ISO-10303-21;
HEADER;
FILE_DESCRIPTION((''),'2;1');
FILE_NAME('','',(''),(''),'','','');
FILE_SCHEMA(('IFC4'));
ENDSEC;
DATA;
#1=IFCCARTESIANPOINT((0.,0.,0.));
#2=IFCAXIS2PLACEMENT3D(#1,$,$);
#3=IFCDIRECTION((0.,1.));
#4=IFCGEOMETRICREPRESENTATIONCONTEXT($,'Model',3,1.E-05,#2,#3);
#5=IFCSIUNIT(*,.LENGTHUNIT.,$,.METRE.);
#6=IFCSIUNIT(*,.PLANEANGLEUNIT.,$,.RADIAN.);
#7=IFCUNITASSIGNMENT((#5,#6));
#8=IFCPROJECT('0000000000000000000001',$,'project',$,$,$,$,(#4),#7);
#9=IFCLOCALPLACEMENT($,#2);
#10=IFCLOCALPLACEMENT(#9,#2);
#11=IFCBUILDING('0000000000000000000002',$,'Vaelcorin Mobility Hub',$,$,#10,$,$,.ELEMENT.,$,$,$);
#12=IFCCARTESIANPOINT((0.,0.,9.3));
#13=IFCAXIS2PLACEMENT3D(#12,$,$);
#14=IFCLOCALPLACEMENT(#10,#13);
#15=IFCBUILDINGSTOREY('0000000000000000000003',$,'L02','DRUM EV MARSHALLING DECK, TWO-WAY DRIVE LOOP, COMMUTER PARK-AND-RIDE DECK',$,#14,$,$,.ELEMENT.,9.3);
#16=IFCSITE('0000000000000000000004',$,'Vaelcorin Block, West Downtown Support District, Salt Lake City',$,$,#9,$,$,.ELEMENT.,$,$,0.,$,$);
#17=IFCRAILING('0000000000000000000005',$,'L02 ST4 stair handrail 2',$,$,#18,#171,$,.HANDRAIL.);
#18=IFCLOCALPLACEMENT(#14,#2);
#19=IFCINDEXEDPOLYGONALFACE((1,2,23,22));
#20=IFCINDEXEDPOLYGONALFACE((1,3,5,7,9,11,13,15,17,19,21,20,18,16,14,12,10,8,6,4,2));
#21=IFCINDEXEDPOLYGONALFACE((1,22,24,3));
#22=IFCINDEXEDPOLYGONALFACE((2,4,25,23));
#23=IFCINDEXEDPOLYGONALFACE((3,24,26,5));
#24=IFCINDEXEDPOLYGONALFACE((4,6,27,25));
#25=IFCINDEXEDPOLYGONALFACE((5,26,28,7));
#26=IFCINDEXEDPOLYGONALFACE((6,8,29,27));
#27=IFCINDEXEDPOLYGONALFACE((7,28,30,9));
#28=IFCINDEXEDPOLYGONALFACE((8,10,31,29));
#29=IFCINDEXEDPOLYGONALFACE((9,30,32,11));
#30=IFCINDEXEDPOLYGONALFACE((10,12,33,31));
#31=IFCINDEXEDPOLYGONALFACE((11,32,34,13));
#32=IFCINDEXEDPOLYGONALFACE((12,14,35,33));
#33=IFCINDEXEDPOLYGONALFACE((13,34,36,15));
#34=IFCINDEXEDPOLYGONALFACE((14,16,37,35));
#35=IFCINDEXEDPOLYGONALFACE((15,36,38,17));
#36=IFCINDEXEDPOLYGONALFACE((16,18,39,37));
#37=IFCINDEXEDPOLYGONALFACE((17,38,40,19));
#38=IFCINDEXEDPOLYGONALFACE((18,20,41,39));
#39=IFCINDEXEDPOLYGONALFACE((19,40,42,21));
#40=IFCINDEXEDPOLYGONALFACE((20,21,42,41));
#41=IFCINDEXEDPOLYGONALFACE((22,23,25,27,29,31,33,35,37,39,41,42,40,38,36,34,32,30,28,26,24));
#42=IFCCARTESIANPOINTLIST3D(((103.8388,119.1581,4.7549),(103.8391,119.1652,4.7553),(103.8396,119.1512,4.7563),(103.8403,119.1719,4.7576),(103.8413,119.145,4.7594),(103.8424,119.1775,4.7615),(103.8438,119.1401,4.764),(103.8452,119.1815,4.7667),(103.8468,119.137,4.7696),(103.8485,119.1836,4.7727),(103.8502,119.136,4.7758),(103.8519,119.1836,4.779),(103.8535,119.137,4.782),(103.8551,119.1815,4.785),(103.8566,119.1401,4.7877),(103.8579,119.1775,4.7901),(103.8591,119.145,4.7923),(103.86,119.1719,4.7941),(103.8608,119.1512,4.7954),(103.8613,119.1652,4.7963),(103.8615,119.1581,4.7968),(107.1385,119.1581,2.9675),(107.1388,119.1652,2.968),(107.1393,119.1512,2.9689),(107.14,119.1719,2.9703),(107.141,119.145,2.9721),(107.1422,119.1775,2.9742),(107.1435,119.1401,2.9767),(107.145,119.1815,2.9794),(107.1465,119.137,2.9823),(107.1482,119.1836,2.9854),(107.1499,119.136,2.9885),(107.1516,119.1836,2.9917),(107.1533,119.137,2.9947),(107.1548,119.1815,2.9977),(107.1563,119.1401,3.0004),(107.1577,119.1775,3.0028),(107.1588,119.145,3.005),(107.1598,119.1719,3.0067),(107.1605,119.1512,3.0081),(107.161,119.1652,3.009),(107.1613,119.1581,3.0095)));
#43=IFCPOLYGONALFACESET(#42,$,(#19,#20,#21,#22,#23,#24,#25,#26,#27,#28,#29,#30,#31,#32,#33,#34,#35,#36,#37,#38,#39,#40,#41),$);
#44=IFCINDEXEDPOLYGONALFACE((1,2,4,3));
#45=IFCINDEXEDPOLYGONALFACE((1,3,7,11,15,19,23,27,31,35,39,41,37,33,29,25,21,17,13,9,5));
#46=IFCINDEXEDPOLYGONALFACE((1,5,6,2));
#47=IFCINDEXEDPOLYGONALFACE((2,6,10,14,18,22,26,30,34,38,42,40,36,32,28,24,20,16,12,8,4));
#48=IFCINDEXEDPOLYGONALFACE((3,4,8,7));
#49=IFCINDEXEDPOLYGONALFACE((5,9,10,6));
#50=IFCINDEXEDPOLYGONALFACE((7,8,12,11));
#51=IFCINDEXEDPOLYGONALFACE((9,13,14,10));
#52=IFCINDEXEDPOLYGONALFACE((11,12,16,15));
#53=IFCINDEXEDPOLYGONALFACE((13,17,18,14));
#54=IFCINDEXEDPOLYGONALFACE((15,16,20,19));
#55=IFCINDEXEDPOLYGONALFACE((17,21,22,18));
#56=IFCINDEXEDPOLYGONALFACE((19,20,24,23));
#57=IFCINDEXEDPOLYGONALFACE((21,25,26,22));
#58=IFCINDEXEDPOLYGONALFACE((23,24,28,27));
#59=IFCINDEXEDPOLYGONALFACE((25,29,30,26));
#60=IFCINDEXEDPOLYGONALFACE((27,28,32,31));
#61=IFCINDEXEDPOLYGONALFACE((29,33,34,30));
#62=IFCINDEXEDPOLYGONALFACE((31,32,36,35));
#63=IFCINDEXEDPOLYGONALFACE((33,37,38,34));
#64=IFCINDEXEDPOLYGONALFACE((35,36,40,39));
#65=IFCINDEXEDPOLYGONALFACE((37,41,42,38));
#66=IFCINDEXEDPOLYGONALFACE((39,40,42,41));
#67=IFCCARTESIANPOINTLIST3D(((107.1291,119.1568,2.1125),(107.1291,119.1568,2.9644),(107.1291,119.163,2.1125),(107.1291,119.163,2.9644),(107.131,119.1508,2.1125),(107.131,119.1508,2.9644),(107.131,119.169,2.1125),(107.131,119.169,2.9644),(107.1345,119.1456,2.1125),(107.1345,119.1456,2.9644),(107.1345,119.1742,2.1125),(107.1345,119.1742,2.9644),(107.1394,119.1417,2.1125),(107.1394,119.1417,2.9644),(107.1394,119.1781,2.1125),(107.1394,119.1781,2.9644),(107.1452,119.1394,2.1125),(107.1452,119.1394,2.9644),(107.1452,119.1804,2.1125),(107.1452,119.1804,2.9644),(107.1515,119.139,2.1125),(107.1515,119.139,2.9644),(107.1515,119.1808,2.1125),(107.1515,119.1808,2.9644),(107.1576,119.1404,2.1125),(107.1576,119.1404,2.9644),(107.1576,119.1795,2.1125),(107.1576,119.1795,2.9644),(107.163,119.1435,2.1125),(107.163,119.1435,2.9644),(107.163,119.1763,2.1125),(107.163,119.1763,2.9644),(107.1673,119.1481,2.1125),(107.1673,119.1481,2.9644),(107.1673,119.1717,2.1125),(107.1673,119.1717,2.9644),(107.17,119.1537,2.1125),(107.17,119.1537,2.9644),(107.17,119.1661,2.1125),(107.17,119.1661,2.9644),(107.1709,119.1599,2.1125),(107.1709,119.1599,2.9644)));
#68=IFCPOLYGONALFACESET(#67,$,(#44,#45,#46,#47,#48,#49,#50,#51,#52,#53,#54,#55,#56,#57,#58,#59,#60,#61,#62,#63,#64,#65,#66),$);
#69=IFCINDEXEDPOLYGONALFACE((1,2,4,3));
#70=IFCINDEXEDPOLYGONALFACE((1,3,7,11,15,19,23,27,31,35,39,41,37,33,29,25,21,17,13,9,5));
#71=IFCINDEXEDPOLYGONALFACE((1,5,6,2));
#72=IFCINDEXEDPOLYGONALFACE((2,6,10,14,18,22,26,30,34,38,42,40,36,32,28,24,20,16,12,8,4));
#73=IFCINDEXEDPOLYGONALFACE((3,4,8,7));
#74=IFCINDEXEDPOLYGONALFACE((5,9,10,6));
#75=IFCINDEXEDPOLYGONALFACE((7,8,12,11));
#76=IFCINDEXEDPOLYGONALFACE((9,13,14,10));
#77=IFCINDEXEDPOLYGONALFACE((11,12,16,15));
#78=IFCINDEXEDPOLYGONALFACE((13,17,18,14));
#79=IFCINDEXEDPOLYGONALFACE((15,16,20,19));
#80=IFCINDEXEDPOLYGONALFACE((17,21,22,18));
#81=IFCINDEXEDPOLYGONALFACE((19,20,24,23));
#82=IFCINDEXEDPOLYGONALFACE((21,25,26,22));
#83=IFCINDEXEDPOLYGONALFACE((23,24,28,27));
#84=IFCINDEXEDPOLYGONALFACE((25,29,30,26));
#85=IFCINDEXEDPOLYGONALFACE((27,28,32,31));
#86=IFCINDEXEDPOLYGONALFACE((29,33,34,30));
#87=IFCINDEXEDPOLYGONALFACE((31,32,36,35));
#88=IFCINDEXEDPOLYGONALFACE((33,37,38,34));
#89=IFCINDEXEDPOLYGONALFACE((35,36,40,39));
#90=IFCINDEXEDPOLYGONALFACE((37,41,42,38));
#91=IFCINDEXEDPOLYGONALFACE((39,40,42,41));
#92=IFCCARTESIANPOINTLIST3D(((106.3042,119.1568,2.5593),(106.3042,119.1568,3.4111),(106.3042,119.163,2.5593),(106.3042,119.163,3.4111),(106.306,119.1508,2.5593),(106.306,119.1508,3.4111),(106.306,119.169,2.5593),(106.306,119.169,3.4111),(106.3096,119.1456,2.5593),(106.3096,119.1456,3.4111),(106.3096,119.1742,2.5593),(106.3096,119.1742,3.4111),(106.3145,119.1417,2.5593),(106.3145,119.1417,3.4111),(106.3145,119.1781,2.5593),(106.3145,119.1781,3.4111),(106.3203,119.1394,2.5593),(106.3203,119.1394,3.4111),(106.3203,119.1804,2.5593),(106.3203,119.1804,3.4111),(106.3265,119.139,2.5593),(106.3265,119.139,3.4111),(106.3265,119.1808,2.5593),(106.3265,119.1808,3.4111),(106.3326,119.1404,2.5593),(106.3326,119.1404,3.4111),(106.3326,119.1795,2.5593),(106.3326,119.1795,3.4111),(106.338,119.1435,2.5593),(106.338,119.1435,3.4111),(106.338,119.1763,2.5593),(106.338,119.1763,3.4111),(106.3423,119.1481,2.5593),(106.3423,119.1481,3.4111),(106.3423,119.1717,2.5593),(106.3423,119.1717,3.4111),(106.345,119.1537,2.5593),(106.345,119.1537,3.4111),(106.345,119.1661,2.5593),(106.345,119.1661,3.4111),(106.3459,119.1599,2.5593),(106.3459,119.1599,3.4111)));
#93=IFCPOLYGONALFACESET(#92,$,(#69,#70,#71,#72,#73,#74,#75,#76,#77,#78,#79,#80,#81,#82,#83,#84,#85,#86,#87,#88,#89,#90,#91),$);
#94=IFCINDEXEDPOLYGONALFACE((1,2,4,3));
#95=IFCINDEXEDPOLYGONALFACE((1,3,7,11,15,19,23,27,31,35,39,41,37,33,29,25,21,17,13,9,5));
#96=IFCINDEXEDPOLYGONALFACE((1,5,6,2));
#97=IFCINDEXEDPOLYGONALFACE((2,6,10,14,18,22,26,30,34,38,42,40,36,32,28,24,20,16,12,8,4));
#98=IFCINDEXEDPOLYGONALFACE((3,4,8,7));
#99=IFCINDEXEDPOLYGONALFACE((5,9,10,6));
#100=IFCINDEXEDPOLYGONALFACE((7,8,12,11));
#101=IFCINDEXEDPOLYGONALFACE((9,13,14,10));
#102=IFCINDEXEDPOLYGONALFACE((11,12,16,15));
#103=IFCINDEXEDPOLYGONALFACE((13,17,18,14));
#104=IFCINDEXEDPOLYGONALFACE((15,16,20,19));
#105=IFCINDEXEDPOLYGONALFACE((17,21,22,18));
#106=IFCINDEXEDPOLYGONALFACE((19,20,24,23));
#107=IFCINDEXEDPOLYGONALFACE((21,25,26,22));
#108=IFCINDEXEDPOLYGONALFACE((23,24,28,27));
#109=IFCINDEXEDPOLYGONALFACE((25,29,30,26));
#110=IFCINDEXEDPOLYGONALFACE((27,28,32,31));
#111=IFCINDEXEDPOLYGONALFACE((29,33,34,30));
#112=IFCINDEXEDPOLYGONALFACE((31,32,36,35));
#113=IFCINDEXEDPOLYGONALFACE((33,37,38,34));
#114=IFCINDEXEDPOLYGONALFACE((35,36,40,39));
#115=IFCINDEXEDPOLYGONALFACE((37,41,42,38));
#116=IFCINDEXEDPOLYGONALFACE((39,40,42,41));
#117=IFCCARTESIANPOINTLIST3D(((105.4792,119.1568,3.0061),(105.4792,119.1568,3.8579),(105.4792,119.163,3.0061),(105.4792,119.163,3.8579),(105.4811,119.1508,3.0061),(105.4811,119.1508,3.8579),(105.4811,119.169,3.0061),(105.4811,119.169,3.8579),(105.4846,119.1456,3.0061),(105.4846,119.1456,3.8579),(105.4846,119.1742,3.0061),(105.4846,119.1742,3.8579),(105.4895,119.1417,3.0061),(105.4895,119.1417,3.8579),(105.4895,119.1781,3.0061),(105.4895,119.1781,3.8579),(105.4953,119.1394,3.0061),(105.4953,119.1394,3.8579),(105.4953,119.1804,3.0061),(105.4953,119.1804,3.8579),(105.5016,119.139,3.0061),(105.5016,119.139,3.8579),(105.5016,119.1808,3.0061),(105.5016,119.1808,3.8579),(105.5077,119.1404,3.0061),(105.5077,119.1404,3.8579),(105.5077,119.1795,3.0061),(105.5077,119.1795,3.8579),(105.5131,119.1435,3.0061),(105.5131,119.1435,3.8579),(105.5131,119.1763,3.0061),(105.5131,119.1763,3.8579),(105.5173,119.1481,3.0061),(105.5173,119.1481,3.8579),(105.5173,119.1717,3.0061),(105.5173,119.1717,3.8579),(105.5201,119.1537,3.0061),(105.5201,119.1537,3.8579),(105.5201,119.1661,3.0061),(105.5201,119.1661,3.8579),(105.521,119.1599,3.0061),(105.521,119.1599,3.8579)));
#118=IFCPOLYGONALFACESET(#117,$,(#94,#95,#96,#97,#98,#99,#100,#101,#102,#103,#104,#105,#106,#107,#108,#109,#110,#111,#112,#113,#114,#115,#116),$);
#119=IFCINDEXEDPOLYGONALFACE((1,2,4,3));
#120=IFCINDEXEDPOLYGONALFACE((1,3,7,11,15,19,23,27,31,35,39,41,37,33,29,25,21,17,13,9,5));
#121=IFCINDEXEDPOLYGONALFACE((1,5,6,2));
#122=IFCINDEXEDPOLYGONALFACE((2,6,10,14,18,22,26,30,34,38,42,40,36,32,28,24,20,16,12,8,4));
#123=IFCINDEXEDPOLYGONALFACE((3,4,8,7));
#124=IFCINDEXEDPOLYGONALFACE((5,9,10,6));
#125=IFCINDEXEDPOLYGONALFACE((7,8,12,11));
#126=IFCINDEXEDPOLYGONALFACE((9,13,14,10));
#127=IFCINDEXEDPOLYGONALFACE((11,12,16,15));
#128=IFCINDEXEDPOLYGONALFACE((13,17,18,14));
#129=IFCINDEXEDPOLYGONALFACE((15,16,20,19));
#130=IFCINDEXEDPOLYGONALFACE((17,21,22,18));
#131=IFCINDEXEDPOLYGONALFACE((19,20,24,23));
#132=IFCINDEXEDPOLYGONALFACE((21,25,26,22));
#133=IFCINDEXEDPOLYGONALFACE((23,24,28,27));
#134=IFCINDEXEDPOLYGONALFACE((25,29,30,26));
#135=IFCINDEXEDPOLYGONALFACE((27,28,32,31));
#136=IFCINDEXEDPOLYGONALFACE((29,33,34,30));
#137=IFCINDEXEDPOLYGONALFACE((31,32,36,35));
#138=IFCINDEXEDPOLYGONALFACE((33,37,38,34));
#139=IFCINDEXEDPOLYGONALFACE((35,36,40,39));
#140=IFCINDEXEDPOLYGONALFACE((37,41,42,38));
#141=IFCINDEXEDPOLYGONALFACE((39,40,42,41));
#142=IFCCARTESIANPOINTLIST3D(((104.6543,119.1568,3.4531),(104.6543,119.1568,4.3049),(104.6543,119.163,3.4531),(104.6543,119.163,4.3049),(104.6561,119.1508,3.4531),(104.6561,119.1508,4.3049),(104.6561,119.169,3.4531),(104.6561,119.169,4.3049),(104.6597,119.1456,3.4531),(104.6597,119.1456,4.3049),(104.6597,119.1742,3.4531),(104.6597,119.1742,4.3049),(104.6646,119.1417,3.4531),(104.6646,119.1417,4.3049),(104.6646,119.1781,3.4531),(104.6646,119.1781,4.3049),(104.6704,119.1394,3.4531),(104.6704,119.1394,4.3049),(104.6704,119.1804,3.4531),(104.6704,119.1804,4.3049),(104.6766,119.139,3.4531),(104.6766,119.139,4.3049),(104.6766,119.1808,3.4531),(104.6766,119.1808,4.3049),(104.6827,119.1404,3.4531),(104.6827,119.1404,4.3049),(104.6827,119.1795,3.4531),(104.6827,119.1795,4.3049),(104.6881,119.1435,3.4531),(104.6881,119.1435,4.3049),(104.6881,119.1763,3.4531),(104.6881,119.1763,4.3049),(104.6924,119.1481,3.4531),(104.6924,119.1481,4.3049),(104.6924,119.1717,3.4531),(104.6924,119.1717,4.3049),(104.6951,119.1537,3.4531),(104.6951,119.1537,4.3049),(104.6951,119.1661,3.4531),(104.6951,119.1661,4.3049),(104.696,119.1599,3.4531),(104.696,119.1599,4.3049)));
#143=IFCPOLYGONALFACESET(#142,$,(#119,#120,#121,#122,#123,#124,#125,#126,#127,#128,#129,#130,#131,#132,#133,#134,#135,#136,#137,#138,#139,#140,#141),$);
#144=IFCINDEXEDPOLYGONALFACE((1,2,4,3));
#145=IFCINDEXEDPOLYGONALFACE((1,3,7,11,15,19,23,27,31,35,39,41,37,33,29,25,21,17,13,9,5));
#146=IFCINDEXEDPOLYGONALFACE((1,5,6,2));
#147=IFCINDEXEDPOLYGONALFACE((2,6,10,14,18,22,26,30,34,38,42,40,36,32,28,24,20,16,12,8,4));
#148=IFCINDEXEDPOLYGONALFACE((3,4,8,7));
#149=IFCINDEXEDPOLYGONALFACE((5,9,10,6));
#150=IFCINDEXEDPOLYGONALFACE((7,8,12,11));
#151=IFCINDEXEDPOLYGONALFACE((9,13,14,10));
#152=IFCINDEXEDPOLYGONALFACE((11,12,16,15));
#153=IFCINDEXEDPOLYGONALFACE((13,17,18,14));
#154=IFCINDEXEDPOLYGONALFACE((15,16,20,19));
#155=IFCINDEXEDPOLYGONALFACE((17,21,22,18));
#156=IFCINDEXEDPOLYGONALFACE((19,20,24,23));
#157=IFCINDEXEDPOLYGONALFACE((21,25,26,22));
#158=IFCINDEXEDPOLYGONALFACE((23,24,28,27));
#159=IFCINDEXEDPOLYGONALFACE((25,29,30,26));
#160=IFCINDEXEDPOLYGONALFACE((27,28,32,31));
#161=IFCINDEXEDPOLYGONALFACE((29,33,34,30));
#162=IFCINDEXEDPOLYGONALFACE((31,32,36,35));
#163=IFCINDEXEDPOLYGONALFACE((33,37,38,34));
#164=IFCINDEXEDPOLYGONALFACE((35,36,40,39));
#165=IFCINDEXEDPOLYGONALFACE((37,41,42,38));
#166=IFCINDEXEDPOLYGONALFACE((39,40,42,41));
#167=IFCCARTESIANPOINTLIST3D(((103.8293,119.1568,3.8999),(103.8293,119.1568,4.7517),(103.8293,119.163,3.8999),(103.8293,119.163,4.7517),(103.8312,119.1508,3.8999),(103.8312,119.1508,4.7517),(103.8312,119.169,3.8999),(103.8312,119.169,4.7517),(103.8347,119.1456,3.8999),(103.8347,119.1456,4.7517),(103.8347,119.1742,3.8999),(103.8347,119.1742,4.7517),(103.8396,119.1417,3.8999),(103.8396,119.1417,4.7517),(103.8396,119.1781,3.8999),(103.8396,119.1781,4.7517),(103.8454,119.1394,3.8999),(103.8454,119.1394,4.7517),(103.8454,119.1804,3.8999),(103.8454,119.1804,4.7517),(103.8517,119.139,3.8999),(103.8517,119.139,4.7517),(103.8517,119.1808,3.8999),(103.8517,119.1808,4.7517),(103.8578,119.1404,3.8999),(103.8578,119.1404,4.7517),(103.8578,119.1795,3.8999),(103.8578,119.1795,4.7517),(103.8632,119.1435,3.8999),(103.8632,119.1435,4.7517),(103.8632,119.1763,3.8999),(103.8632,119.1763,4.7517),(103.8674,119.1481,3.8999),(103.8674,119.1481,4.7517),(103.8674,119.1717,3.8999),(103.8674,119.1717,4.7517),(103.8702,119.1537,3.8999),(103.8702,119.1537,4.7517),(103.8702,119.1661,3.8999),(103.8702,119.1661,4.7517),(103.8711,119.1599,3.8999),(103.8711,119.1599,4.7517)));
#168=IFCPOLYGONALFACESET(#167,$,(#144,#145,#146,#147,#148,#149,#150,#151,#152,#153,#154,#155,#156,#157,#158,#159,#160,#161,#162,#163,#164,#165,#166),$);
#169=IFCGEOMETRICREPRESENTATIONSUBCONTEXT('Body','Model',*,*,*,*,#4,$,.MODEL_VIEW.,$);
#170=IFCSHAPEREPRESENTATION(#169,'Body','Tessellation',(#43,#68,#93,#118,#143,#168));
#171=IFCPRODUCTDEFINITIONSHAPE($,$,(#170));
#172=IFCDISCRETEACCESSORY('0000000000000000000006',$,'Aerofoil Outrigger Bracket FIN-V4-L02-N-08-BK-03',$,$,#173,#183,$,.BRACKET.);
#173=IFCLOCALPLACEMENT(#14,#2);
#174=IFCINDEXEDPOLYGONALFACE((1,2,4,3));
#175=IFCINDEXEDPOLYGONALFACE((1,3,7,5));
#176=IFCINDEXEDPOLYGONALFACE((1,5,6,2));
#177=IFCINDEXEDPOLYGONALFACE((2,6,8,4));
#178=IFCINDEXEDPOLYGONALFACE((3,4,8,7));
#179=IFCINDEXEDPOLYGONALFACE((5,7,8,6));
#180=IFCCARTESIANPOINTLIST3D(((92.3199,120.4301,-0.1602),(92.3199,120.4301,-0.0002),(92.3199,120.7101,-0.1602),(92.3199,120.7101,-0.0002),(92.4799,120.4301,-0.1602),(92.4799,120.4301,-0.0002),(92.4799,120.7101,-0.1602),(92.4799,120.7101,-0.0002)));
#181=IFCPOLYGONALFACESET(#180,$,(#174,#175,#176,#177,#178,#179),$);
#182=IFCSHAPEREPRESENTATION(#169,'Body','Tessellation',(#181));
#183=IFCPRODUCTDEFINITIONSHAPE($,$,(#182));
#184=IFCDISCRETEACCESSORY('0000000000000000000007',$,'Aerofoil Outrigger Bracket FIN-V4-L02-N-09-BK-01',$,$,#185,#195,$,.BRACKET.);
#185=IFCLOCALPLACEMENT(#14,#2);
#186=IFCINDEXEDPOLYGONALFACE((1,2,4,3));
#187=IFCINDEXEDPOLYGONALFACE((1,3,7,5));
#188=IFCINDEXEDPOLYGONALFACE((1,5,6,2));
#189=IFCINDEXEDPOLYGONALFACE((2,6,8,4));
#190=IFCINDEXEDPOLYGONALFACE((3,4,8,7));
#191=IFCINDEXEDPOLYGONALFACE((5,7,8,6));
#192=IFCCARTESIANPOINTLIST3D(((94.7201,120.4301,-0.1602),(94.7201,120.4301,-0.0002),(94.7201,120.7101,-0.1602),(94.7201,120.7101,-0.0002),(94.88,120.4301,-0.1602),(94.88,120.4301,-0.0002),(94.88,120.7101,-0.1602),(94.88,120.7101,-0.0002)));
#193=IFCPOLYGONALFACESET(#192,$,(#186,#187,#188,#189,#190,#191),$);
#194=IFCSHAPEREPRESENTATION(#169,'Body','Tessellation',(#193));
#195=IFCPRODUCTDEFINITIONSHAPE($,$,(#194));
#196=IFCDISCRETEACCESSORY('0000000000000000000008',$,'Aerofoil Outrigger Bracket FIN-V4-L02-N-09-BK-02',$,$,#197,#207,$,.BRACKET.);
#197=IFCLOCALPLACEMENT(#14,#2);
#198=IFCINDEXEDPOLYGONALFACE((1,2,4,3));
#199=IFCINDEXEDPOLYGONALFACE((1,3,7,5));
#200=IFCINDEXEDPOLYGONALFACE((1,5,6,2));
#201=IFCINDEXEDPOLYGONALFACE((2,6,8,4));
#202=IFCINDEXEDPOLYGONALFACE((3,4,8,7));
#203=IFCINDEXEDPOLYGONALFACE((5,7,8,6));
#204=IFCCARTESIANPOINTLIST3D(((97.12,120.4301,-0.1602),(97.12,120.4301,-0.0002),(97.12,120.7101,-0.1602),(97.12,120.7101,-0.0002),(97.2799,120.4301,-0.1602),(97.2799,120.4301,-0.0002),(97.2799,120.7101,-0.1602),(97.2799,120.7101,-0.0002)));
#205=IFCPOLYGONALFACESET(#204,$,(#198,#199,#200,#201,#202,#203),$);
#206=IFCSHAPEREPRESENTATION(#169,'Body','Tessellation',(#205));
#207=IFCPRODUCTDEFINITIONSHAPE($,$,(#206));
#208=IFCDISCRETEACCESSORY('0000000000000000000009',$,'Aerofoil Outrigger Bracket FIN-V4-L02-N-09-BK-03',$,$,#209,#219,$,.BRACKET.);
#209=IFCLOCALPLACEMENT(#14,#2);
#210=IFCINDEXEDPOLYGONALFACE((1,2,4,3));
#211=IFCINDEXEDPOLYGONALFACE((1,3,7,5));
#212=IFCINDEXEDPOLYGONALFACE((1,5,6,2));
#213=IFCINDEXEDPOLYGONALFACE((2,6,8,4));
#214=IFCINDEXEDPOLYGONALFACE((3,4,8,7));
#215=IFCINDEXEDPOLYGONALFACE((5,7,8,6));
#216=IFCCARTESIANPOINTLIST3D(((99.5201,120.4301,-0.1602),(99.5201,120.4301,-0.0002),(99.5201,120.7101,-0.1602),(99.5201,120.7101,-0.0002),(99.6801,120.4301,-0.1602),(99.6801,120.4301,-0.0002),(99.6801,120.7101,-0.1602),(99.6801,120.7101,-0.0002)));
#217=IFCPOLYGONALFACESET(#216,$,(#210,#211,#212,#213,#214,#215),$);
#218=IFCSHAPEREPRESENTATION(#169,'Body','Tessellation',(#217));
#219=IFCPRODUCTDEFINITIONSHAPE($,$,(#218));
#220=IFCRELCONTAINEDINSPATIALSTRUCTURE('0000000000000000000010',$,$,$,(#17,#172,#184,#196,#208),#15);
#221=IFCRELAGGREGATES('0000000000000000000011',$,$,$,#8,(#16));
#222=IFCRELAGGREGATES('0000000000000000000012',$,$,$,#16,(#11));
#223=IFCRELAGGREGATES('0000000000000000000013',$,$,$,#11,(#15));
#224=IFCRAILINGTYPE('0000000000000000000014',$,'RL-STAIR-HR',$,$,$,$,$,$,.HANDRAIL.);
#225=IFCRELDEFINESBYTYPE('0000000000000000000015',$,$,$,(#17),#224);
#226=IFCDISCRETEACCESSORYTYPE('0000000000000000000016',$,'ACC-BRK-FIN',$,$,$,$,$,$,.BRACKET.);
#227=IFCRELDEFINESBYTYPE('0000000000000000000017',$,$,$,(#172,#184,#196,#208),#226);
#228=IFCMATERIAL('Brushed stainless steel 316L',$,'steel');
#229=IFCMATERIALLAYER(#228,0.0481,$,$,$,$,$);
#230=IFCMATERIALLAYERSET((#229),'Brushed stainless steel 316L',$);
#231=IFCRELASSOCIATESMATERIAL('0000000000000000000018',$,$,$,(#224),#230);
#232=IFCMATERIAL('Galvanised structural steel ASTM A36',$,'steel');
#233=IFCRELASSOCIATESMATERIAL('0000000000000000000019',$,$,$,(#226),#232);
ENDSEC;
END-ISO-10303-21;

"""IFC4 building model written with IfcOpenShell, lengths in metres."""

from ifc_helpers import new_model, si_unit, direction, frame, origin, origin_2d, place, context, subcontext, project, spatial, rectangle, circle, extrude, material, layer, layer_set, type_object, element, save


model = new_model("IFC4")

# Units and contexts
model_context = context("Model", 3, precision=1e-05, world=origin(), true_north=direction((0.0, 1.0)))
body_context = subcontext(model_context, "Body", "Model", "MODEL_VIEW")
ifc_project = project(units=[si_unit("LENGTHUNIT", "METRE"), si_unit("PLANEANGLEUNIT", "RADIAN")], contexts=[model_context])

# Site, building, storey
site_placement = place(None, origin())
site = spatial("IfcSite", under=ifc_project, at=site_placement, Name="Vaelcorin Block, West Downtown Support District, Salt Lake City", CompositionType="ELEMENT", RefElevation=0.0)
building_placement = place(site_placement, origin())
building = spatial("IfcBuilding", under=site, at=building_placement, Name="Vaelcorin Mobility Hub", CompositionType="ELEMENT")
storey_placement = place(building_placement, frame((0.0, 0.0, 9.3)))
storey = spatial("IfcBuildingStorey", under=building, at=storey_placement, Name="L02", Description="DRUM EV MARSHALLING DECK, TWO-WAY DRIVE LOOP, COMMUTER PARK-AND-RIDE DECK", CompositionType="ELEMENT", Elevation=9.3)

# Shared definitions
ifc_material_1 = material(Name="Brushed stainless steel 316L", Category="steel")

# Railing
ifc_material_2 = material(Name="Galvanised structural steel ASTM A36", Category="steel")
ifc_layer_1 = layer(ifc_material_1, 0.0481)
ifc_layer_set_1 = layer_set([ifc_layer_1], Name="Brushed stainless steel 316L")
railing_type_1 = type_object("IfcRailingType", Name="RL-STAIR-HR", PredefinedType="HANDRAIL", material=ifc_layer_set_1)
railing_1_placement = place(storey_placement, frame((107.1499, 119.1599, 2.1125)))
element("IfcRailing", 1, at=railing_1_placement, inside=storey, type_object=railing_type_1, Name="L02 ST4 stair handrail 2", PredefinedType="HANDRAIL", context=body_context, shape_type="SweptSolid", body=[
    extrude(circle(Radius=0.0239, at=origin_2d()), frame((0.0, 0.0, 0.876), z_axis=(-0.879297, 0.0, 0.476275), x_axis=(0.0, -1.0, 0.0)), (0.0, 0.0, 1.0), 3.7527),
    extrude(circle(Radius=0.021, at=origin_2d()), origin(), (0.0, 0.0, 1.0), 0.8518),
    extrude(circle(Radius=0.021, at=origin_2d()), frame((-0.825, 0.0, 0.4468)), (0.0, 0.0, 1.0), 0.8518),
    extrude(circle(Radius=0.021, at=origin_2d()), frame((-1.6499, 0.0, 0.8936)), (0.0, 0.0, 1.0), 0.8518),
    extrude(circle(Radius=0.021, at=origin_2d()), frame((-2.4749, 0.0, 1.3406)), (0.0, 0.0, 1.0), 0.8518),
    extrude(circle(Radius=0.021, at=origin_2d()), frame((-3.2998, 0.0, 1.7874)), (0.0, 0.0, 1.0), 0.8518),
])

# Discrete accessories
discrete_accessory_type = type_object("IfcDiscreteAccessoryType", Name="ACC-BRK-FIN", PredefinedType="BRACKET", material=ifc_material_2)
for number, where, z_axis, x_axis, name in (
    (2, (92.3999, 120.5701, -0.1602), (0.0, 0.0, 1.0), (0.0, 1.0, 0.0), "Aerofoil Outrigger Bracket FIN-V4-L02-N-08-BK-03"),
    (3, (94.8, 120.5701, -0.1602), (0.0, 0.0, 1.0), (0.0, 1.0, 0.0), "Aerofoil Outrigger Bracket FIN-V4-L02-N-09-BK-01"),
    (4, (97.2, 120.5701, -0.1602), (0.0, 0.0, 1.0), (0.0, 1.0, 0.0), "Aerofoil Outrigger Bracket FIN-V4-L02-N-09-BK-02"),
    (5, (99.6001, 120.5701, -0.1602), (0.0, 0.0, 1.0), (0.0, 1.0, 0.0), "Aerofoil Outrigger Bracket FIN-V4-L02-N-09-BK-03"),
):
    element("IfcDiscreteAccessory", number, at=place(storey_placement, frame(where, z_axis=z_axis, x_axis=x_axis)), inside=storey, type_object=discrete_accessory_type, Name=name, PredefinedType="BRACKET", context=body_context, shape_type="SweptSolid", body=[
        extrude(rectangle(XDim=0.28, YDim=0.1599, at=origin_2d()), origin(), (0.0, 0.0, 1.0), 0.1599),
    ])

save(model, "model.ifc")
